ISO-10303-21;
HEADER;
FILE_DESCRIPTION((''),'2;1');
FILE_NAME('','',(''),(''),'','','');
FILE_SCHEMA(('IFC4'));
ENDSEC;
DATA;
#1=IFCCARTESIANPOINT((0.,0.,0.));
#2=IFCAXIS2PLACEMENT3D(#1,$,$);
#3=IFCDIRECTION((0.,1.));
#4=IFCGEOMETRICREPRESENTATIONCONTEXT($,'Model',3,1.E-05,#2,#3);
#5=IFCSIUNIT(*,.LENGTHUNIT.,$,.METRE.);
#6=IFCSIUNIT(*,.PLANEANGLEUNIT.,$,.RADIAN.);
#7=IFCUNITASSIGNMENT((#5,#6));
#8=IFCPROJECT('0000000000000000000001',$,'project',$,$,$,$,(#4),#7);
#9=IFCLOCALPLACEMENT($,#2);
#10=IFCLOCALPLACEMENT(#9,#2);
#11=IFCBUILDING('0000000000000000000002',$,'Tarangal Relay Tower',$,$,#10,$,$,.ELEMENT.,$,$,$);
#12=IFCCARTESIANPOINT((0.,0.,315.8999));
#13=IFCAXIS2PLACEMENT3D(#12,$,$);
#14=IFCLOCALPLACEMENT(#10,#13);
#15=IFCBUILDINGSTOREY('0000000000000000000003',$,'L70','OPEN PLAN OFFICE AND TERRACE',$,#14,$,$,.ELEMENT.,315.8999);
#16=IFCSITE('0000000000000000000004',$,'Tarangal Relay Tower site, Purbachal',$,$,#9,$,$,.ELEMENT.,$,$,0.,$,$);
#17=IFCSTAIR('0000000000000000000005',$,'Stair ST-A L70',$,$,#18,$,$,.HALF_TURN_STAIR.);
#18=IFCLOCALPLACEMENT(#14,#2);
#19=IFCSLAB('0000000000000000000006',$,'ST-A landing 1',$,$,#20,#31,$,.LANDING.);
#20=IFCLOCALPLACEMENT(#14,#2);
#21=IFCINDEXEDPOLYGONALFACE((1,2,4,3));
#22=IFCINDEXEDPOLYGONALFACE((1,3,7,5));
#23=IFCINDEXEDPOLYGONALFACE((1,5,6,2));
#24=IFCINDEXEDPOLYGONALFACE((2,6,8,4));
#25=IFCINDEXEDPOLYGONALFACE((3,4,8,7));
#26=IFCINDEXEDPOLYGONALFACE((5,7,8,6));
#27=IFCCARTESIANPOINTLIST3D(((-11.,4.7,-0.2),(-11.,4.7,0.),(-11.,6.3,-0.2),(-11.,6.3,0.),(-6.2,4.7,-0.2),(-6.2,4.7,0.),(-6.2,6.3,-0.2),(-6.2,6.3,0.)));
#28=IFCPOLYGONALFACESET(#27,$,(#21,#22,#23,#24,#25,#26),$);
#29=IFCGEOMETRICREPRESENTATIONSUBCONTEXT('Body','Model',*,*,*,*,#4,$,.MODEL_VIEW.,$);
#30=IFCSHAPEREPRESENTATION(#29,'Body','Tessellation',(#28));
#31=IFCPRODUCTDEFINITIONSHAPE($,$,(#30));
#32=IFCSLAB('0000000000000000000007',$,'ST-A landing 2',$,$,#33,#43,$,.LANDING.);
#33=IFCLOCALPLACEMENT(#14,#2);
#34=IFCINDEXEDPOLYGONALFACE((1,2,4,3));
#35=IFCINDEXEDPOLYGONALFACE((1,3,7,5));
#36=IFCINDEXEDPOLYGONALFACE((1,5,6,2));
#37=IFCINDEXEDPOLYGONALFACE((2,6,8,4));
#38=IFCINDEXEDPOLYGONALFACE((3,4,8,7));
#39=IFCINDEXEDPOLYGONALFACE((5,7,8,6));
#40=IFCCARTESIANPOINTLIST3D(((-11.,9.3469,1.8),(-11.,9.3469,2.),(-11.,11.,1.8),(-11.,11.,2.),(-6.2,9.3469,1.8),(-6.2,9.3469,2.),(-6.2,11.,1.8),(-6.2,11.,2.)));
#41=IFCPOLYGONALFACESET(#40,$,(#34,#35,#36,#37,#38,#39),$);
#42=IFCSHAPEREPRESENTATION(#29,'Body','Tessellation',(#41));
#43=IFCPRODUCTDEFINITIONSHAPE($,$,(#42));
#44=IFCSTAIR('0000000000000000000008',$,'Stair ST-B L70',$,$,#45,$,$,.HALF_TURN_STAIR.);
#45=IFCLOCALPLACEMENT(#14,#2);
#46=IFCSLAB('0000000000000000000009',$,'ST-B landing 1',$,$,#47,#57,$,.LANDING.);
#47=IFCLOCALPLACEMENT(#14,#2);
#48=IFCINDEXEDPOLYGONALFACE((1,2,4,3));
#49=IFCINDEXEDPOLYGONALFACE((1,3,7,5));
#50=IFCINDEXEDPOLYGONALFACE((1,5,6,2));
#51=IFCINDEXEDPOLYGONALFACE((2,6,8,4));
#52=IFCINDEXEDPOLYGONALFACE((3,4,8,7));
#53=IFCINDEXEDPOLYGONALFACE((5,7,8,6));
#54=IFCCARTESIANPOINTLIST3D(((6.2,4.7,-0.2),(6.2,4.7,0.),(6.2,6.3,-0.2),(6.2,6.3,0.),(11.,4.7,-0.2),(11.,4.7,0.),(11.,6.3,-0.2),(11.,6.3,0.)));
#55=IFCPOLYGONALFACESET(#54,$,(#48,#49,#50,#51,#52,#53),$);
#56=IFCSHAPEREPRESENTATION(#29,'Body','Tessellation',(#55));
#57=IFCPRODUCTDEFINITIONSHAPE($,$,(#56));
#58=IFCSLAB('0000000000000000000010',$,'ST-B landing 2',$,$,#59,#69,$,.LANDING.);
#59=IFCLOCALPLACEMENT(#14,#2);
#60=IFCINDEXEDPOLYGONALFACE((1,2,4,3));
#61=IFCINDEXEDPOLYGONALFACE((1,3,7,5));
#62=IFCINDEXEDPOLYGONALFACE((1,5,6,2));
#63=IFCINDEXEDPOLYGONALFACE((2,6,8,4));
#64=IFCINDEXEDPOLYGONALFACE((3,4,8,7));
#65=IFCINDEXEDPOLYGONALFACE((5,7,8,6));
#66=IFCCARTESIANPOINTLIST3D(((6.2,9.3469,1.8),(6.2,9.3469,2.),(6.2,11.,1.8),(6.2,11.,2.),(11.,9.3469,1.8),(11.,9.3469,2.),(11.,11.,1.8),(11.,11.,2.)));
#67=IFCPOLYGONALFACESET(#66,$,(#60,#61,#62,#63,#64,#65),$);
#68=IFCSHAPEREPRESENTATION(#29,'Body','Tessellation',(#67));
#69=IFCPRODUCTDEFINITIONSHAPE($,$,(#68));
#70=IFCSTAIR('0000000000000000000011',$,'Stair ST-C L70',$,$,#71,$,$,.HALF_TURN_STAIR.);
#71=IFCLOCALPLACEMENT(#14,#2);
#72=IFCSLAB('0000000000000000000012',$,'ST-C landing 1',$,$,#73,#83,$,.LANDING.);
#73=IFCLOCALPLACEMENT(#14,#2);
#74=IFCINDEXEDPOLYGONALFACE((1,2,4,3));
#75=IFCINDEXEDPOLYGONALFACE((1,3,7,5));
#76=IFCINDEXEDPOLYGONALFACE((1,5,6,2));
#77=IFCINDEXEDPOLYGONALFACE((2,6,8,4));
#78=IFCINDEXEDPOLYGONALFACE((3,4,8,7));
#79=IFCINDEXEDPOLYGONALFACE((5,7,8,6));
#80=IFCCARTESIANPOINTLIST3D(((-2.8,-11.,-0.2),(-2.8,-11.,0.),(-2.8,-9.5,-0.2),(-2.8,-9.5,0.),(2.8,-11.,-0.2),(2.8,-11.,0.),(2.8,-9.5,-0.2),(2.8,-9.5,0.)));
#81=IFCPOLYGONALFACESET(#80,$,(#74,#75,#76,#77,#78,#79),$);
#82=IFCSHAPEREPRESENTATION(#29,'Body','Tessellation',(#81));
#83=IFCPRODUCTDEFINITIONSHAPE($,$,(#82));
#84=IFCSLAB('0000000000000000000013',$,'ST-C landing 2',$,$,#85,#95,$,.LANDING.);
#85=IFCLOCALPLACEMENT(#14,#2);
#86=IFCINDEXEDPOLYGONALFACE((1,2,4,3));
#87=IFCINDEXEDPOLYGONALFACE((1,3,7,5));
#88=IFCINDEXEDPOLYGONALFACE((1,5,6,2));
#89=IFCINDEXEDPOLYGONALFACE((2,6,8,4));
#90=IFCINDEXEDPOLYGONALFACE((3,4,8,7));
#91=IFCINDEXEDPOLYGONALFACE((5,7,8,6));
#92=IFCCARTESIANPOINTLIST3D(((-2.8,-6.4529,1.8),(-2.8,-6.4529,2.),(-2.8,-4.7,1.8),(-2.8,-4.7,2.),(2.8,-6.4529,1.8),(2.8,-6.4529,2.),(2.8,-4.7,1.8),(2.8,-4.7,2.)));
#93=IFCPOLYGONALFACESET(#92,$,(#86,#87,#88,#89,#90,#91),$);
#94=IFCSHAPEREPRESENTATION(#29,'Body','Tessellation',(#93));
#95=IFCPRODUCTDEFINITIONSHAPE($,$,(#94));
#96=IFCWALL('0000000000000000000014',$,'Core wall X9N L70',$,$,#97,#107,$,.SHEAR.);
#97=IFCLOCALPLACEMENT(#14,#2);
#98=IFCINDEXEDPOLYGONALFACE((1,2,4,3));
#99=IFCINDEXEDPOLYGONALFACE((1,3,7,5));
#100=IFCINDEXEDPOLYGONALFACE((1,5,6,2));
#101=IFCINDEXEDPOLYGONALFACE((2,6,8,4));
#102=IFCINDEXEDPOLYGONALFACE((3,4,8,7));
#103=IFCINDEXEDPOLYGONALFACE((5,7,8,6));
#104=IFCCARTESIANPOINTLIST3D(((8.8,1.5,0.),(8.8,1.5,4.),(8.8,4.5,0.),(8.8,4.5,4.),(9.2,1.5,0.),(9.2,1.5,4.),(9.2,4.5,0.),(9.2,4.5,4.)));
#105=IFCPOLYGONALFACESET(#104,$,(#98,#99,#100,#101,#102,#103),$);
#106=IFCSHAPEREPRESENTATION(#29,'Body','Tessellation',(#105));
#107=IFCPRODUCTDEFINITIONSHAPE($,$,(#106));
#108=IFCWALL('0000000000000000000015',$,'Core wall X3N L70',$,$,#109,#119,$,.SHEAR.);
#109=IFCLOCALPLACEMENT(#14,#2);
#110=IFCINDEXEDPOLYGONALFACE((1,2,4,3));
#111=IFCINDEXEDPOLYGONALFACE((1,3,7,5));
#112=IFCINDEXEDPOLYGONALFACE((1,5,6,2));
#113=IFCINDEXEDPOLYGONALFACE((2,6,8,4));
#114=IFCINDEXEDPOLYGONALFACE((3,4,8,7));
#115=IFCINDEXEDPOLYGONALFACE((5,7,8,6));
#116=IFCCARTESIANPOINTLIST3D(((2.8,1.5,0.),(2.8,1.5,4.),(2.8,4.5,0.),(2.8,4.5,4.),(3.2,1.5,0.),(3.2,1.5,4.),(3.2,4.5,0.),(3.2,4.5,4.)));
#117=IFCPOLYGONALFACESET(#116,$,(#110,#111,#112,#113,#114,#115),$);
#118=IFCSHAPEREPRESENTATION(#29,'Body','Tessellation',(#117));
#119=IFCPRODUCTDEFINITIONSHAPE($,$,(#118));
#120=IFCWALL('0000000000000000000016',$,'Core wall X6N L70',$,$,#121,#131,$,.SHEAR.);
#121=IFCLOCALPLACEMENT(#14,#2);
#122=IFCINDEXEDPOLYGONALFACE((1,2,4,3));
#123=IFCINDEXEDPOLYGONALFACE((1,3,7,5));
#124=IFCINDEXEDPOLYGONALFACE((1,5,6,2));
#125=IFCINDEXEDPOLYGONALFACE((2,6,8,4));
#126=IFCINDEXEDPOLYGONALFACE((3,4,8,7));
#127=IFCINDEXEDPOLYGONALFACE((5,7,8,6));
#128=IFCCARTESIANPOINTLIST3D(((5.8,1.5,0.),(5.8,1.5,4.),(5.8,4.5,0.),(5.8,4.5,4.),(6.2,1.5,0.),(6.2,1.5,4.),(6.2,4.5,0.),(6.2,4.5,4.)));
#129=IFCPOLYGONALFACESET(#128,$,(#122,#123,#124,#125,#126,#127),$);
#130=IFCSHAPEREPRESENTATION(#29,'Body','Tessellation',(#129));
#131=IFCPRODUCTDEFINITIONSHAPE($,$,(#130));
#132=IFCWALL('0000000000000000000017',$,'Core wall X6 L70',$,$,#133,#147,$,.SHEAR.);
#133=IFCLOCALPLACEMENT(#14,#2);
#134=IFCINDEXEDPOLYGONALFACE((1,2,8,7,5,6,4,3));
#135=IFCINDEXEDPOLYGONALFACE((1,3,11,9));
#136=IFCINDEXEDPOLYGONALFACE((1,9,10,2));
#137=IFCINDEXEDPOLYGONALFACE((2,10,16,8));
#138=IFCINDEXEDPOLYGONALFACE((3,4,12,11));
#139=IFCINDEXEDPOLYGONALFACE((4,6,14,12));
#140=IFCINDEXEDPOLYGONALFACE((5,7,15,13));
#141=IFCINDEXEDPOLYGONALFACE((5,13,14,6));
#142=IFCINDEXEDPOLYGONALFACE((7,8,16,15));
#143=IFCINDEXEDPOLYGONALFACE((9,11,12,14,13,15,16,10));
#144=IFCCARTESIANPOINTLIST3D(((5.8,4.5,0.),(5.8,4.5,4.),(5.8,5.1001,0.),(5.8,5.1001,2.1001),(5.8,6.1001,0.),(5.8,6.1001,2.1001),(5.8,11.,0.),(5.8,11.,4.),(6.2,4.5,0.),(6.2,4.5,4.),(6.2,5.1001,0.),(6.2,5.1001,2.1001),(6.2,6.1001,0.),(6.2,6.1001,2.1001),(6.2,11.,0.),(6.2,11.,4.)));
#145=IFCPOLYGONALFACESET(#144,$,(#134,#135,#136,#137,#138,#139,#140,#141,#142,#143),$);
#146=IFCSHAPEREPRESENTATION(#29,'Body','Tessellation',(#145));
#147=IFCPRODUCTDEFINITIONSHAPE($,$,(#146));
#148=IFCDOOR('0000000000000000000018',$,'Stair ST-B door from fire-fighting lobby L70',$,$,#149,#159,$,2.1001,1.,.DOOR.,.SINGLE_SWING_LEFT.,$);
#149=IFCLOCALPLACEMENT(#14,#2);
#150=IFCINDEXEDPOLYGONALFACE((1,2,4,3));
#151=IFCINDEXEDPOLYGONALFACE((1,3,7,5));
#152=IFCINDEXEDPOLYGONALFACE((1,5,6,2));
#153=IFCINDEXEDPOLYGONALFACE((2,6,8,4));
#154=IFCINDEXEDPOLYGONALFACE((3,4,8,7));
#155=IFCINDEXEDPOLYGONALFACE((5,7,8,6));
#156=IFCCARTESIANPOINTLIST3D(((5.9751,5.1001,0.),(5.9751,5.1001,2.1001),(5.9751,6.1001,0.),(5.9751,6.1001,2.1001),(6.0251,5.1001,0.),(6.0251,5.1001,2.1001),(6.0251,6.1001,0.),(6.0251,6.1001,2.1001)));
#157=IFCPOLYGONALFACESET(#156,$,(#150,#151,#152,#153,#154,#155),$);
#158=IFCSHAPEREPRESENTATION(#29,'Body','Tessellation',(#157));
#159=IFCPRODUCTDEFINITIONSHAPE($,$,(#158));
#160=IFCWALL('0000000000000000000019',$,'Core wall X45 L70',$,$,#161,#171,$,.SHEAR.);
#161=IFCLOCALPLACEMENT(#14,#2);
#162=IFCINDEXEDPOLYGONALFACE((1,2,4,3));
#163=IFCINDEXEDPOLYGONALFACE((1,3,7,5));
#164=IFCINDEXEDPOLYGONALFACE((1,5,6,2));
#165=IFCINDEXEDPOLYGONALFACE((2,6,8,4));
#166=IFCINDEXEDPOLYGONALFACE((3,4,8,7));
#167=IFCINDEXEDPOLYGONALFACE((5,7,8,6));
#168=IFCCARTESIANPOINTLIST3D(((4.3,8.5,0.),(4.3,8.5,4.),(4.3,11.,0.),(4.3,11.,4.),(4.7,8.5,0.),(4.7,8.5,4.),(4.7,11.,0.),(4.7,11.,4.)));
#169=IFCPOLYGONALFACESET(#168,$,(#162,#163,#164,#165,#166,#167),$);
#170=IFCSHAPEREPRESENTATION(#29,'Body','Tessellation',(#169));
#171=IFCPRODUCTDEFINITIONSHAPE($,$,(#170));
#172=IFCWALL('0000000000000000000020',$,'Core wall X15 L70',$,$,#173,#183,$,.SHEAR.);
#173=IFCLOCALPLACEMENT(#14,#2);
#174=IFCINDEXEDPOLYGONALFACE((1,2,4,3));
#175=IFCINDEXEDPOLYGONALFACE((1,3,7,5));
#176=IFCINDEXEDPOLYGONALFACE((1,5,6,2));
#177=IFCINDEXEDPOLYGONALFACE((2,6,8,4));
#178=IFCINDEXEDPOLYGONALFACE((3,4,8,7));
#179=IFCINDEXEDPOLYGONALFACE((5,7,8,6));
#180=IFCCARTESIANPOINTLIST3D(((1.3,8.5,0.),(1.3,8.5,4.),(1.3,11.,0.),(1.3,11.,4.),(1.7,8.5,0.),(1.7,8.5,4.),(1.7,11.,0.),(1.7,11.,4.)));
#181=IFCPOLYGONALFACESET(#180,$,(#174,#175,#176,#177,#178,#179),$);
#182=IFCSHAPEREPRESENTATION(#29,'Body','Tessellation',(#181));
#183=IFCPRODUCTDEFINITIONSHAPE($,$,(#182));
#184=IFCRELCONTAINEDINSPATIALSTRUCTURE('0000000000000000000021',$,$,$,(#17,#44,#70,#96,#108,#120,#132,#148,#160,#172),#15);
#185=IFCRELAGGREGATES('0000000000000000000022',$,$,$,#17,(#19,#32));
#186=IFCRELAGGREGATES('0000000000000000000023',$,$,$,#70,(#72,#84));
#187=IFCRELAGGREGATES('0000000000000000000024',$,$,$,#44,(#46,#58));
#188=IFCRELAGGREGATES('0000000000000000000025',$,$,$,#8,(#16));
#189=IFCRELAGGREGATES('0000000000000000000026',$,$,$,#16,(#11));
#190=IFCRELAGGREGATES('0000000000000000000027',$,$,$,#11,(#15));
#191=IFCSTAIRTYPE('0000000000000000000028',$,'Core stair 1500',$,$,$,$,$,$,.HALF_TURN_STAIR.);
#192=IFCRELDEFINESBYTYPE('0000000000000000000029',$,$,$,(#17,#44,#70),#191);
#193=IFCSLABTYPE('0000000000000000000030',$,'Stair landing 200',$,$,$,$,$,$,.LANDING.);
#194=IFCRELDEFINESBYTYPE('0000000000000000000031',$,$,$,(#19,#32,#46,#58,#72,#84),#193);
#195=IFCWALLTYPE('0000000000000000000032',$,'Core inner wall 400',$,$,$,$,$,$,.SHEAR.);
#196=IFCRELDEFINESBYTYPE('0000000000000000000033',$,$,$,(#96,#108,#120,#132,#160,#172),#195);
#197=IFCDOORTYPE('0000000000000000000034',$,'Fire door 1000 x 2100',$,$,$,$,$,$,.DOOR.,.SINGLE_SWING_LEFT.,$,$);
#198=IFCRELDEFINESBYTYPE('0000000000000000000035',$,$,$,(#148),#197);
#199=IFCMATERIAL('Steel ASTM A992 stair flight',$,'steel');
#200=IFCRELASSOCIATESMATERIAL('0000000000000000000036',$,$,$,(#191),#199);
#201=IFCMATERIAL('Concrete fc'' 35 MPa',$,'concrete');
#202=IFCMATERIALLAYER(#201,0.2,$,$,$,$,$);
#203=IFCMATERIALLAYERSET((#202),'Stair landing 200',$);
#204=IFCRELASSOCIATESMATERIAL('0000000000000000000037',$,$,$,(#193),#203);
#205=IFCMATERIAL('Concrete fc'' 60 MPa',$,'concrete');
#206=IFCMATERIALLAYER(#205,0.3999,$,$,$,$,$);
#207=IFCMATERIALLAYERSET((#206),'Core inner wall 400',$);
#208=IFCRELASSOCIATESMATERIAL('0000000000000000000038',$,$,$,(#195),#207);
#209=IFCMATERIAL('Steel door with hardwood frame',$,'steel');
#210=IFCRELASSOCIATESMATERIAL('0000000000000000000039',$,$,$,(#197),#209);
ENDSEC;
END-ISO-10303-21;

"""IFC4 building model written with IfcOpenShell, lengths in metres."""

from ifc_helpers import new_model, si_unit, direction, frame, frame_2d, origin, place, context, subcontext, project, spatial, polyline, rectangle, outline, extrude, material, layer, layer_set, type_object, element, fill, aggregate, save


model = new_model("IFC4")

# Units and contexts
model_context = context("Model", 3, precision=1e-05, world=origin(), true_north=direction((0.0, 1.0)))
body_context = subcontext(model_context, "Body", "Model", "MODEL_VIEW")
ifc_project = project(units=[si_unit("LENGTHUNIT", "METRE"), si_unit("PLANEANGLEUNIT", "RADIAN")], contexts=[model_context])

# Site, building, storey
site_placement = place(None, origin())
site = spatial("IfcSite", under=ifc_project, at=site_placement, Name="Tarangal Relay Tower site, Purbachal", CompositionType="ELEMENT", RefElevation=0.0)
building_placement = place(site_placement, origin())
building = spatial("IfcBuilding", under=site, at=building_placement, Name="Tarangal Relay Tower", CompositionType="ELEMENT")
storey_placement = place(building_placement, frame((0.0, 0.0, 315.8999)))
storey = spatial("IfcBuildingStorey", under=building, at=storey_placement, Name="L70", Description="OPEN PLAN OFFICE AND TERRACE", CompositionType="ELEMENT", Elevation=315.8999)

# Stairs, slabs
ifc_material_1 = material(Name="Steel ASTM A992 stair flight", Category="steel")
stair_type = type_object("IfcStairType", Name="Core stair 1500", PredefinedType="HALF_TURN_STAIR", material=ifc_material_1)
stair_1_placement = place(storey_placement, origin())
stair_1 = element("IfcStair", 1, at=stair_1_placement, inside=storey, type_object=stair_type, Name="Stair ST-A L70", PredefinedType="HALF_TURN_STAIR")
ifc_material_2 = material(Name="Concrete fc' 35 MPa", Category="concrete")
ifc_layer_1 = layer(ifc_material_2, 0.2)
ifc_layer_set_1 = layer_set([ifc_layer_1], Name="Stair landing 200")
slab_type = type_object("IfcSlabType", Name="Stair landing 200", PredefinedType="LANDING", material=ifc_layer_set_1)
slab_1_placement = place(storey_placement, frame((0.0, 0.0, -0.2)))
slab_1 = element("IfcSlab", 2, at=slab_1_placement, type_object=slab_type, Name="ST-A landing 1", PredefinedType="LANDING", context=body_context, shape_type="SweptSolid", body=[
    extrude(outline(polyline([(-11.0, 4.7), (-6.2, 4.7), (-6.2, 6.3), (-11.0, 6.3), (-11.0, 4.7)])), origin(), (0.0, 0.0, 1.0), 0.2),
])
slab_2_placement = place(storey_placement, frame((0.0, 0.0, 1.8)))
slab_2 = element("IfcSlab", 3, at=slab_2_placement, type_object=slab_type, Name="ST-A landing 2", PredefinedType="LANDING", context=body_context, shape_type="SweptSolid", body=[
    extrude(outline(polyline([(-11.0, 9.3469), (-6.2, 9.3469), (-6.2, 11.0), (-11.0, 11.0), (-11.0, 9.3469)])), origin(), (0.0, 0.0, 1.0), 0.2),
])
aggregate(stair_1, [slab_1, slab_2])
stair_2_placement = place(storey_placement, origin())
stair_2 = element("IfcStair", 4, at=stair_2_placement, inside=storey, type_object=stair_type, Name="Stair ST-B L70", PredefinedType="HALF_TURN_STAIR")
slab_3_placement = place(storey_placement, frame((0.0, 0.0, -0.2)))
slab_3 = element("IfcSlab", 5, at=slab_3_placement, type_object=slab_type, Name="ST-B landing 1", PredefinedType="LANDING", context=body_context, shape_type="SweptSolid", body=[
    extrude(outline(polyline([(6.2, 4.7), (11.0, 4.7), (11.0, 6.3), (6.2, 6.3), (6.2, 4.7)])), origin(), (0.0, 0.0, 1.0), 0.2),
])
slab_4_placement = place(storey_placement, frame((0.0, 0.0, 1.8)))
slab_4 = element("IfcSlab", 6, at=slab_4_placement, type_object=slab_type, Name="ST-B landing 2", PredefinedType="LANDING", context=body_context, shape_type="SweptSolid", body=[
    extrude(outline(polyline([(6.2, 9.3469), (11.0, 9.3469), (11.0, 11.0), (6.2, 11.0), (6.2, 9.3469)])), origin(), (0.0, 0.0, 1.0), 0.2),
])
stair_3_placement = place(storey_placement, origin())
stair_3 = element("IfcStair", 7, at=stair_3_placement, inside=storey, type_object=stair_type, Name="Stair ST-C L70", PredefinedType="HALF_TURN_STAIR")
slab_5_placement = place(storey_placement, frame((0.0, 0.0, -0.2)))
slab_5 = element("IfcSlab", 8, at=slab_5_placement, type_object=slab_type, Name="ST-C landing 1", PredefinedType="LANDING", context=body_context, shape_type="SweptSolid", body=[
    extrude(outline(polyline([(-2.8, -11.0), (2.8, -11.0), (2.8, -9.5), (-2.8, -9.5), (-2.8, -11.0)])), origin(), (0.0, 0.0, 1.0), 0.2),
])
slab_6_placement = place(storey_placement, frame((0.0, 0.0, 1.8)))
slab_6 = element("IfcSlab", 9, at=slab_6_placement, type_object=slab_type, Name="ST-C landing 2", PredefinedType="LANDING", context=body_context, shape_type="SweptSolid", body=[
    extrude(outline(polyline([(-2.8, -6.4529), (2.8, -6.4529), (2.8, -4.7), (-2.8, -4.7), (-2.8, -6.4529)])), origin(), (0.0, 0.0, 1.0), 0.2),
])
aggregate(stair_3, [slab_5, slab_6])

# Walls
ifc_material_3 = material(Name="Concrete fc' 60 MPa", Category="concrete")
ifc_layer_2 = layer(ifc_material_3, 0.3999)
ifc_layer_set_2 = layer_set([ifc_layer_2], Name="Core inner wall 400")
wall_type_1 = type_object("IfcWallType", Name="Core inner wall 400", PredefinedType="SHEAR", material=ifc_layer_set_2)
for number, where, z_axis, x_axis, name in (
    (10, (9.0, 1.5, 0.0), (0.0, 0.0, 1.0), (0.0, 1.0, 0.0), "Core wall X9N L70"),
    (11, (3.0, 1.5, 0.0), (0.0, 0.0, 1.0), (0.0, 1.0, 0.0), "Core wall X3N L70"),
    (12, (6.0, 1.5, 0.0), (0.0, 0.0, 1.0), (0.0, 1.0, 0.0), "Core wall X6N L70"),
):
    element("IfcWall", number, at=place(storey_placement, frame(where, z_axis=z_axis, x_axis=x_axis)), inside=storey, type_object=wall_type_1, Name=name, PredefinedType="SHEAR", context=body_context, shape_type="SweptSolid", body=[
        extrude(rectangle(XDim=3.0, YDim=0.3999, at=frame_2d((1.5, 0.0))), origin(), (0.0, 0.0, 1.0), 4.0),
    ])

# Wall, opening, door
wall_1_placement = place(storey_placement, frame((6.0, 4.5, 0.0), z_axis=(0.0, 0.0, 1.0), x_axis=(0.0, 1.0, 0.0)))
wall_1 = element("IfcWall", 13, at=wall_1_placement, inside=storey, type_object=wall_type_1, Name="Core wall X6 L70", PredefinedType="SHEAR", context=body_context, shape_type="SweptSolid", body=[
    extrude(rectangle(XDim=6.5, YDim=0.3999, at=frame_2d((3.25, 0.0))), origin(), (0.0, 0.0, 1.0), 4.0),
])
opening_1_placement = place(wall_1_placement, frame((0.6001, 0.0, 0.0)))
opening_1 = element("IfcOpeningElement", 14, at=opening_1_placement, cuts=wall_1, PredefinedType="OPENING", context=body_context, shape_type="SweptSolid", body=[
    extrude(rectangle(XDim=1.0, YDim=2.1001, at=frame_2d((0.5, 1.05))), frame((0.0, 0.21, 0.0), z_axis=(0.0, -1.0, 0.0), x_axis=(1.0, 0.0, 0.0)), (0.0, 0.0, 1.0), 0.4199),
])
ifc_material_4 = material(Name="Steel door with hardwood frame", Category="steel")
door_type_1 = type_object("IfcDoorType", Name="Fire door 1000 x 2100", OperationType="SINGLE_SWING_LEFT", PredefinedType="DOOR", material=ifc_material_4)
door_1_placement = place(opening_1_placement, origin())
door_1 = element("IfcDoor", 15, at=door_1_placement, inside=storey, type_object=door_type_1, Name="Stair ST-B door from fire-fighting lobby L70", OperationType="SINGLE_SWING_LEFT", OverallHeight=2.1001, OverallWidth=1.0, PredefinedType="DOOR", context=body_context, shape_type="SweptSolid", body=[
    extrude(rectangle(XDim=1.0, YDim=2.1001, at=frame_2d((0.5, 1.05))), frame((0.0, 0.0249, 0.0), z_axis=(0.0, -1.0, 0.0), x_axis=(1.0, 0.0, 0.0)), (0.0, 0.0, 1.0), 0.05),
])
fill(opening_1, door_1)

# Walls
for number, where, z_axis, x_axis, name in (
    (16, (4.5, 8.5, 0.0), (0.0, 0.0, 1.0), (0.0, 1.0, 0.0), "Core wall X45 L70"),
    (17, (1.5, 8.5, 0.0), (0.0, 0.0, 1.0), (0.0, 1.0, 0.0), "Core wall X15 L70"),
):
    element("IfcWall", number, at=place(storey_placement, frame(where, z_axis=z_axis, x_axis=x_axis)), inside=storey, type_object=wall_type_1, Name=name, PredefinedType="SHEAR", context=body_context, shape_type="SweptSolid", body=[
        extrude(rectangle(XDim=2.5, YDim=0.3999, at=frame_2d((1.25, 0.0))), origin(), (0.0, 0.0, 1.0), 4.0),
    ])

aggregate(stair_2, [slab_3, slab_4])

save(model, "model.ifc")
